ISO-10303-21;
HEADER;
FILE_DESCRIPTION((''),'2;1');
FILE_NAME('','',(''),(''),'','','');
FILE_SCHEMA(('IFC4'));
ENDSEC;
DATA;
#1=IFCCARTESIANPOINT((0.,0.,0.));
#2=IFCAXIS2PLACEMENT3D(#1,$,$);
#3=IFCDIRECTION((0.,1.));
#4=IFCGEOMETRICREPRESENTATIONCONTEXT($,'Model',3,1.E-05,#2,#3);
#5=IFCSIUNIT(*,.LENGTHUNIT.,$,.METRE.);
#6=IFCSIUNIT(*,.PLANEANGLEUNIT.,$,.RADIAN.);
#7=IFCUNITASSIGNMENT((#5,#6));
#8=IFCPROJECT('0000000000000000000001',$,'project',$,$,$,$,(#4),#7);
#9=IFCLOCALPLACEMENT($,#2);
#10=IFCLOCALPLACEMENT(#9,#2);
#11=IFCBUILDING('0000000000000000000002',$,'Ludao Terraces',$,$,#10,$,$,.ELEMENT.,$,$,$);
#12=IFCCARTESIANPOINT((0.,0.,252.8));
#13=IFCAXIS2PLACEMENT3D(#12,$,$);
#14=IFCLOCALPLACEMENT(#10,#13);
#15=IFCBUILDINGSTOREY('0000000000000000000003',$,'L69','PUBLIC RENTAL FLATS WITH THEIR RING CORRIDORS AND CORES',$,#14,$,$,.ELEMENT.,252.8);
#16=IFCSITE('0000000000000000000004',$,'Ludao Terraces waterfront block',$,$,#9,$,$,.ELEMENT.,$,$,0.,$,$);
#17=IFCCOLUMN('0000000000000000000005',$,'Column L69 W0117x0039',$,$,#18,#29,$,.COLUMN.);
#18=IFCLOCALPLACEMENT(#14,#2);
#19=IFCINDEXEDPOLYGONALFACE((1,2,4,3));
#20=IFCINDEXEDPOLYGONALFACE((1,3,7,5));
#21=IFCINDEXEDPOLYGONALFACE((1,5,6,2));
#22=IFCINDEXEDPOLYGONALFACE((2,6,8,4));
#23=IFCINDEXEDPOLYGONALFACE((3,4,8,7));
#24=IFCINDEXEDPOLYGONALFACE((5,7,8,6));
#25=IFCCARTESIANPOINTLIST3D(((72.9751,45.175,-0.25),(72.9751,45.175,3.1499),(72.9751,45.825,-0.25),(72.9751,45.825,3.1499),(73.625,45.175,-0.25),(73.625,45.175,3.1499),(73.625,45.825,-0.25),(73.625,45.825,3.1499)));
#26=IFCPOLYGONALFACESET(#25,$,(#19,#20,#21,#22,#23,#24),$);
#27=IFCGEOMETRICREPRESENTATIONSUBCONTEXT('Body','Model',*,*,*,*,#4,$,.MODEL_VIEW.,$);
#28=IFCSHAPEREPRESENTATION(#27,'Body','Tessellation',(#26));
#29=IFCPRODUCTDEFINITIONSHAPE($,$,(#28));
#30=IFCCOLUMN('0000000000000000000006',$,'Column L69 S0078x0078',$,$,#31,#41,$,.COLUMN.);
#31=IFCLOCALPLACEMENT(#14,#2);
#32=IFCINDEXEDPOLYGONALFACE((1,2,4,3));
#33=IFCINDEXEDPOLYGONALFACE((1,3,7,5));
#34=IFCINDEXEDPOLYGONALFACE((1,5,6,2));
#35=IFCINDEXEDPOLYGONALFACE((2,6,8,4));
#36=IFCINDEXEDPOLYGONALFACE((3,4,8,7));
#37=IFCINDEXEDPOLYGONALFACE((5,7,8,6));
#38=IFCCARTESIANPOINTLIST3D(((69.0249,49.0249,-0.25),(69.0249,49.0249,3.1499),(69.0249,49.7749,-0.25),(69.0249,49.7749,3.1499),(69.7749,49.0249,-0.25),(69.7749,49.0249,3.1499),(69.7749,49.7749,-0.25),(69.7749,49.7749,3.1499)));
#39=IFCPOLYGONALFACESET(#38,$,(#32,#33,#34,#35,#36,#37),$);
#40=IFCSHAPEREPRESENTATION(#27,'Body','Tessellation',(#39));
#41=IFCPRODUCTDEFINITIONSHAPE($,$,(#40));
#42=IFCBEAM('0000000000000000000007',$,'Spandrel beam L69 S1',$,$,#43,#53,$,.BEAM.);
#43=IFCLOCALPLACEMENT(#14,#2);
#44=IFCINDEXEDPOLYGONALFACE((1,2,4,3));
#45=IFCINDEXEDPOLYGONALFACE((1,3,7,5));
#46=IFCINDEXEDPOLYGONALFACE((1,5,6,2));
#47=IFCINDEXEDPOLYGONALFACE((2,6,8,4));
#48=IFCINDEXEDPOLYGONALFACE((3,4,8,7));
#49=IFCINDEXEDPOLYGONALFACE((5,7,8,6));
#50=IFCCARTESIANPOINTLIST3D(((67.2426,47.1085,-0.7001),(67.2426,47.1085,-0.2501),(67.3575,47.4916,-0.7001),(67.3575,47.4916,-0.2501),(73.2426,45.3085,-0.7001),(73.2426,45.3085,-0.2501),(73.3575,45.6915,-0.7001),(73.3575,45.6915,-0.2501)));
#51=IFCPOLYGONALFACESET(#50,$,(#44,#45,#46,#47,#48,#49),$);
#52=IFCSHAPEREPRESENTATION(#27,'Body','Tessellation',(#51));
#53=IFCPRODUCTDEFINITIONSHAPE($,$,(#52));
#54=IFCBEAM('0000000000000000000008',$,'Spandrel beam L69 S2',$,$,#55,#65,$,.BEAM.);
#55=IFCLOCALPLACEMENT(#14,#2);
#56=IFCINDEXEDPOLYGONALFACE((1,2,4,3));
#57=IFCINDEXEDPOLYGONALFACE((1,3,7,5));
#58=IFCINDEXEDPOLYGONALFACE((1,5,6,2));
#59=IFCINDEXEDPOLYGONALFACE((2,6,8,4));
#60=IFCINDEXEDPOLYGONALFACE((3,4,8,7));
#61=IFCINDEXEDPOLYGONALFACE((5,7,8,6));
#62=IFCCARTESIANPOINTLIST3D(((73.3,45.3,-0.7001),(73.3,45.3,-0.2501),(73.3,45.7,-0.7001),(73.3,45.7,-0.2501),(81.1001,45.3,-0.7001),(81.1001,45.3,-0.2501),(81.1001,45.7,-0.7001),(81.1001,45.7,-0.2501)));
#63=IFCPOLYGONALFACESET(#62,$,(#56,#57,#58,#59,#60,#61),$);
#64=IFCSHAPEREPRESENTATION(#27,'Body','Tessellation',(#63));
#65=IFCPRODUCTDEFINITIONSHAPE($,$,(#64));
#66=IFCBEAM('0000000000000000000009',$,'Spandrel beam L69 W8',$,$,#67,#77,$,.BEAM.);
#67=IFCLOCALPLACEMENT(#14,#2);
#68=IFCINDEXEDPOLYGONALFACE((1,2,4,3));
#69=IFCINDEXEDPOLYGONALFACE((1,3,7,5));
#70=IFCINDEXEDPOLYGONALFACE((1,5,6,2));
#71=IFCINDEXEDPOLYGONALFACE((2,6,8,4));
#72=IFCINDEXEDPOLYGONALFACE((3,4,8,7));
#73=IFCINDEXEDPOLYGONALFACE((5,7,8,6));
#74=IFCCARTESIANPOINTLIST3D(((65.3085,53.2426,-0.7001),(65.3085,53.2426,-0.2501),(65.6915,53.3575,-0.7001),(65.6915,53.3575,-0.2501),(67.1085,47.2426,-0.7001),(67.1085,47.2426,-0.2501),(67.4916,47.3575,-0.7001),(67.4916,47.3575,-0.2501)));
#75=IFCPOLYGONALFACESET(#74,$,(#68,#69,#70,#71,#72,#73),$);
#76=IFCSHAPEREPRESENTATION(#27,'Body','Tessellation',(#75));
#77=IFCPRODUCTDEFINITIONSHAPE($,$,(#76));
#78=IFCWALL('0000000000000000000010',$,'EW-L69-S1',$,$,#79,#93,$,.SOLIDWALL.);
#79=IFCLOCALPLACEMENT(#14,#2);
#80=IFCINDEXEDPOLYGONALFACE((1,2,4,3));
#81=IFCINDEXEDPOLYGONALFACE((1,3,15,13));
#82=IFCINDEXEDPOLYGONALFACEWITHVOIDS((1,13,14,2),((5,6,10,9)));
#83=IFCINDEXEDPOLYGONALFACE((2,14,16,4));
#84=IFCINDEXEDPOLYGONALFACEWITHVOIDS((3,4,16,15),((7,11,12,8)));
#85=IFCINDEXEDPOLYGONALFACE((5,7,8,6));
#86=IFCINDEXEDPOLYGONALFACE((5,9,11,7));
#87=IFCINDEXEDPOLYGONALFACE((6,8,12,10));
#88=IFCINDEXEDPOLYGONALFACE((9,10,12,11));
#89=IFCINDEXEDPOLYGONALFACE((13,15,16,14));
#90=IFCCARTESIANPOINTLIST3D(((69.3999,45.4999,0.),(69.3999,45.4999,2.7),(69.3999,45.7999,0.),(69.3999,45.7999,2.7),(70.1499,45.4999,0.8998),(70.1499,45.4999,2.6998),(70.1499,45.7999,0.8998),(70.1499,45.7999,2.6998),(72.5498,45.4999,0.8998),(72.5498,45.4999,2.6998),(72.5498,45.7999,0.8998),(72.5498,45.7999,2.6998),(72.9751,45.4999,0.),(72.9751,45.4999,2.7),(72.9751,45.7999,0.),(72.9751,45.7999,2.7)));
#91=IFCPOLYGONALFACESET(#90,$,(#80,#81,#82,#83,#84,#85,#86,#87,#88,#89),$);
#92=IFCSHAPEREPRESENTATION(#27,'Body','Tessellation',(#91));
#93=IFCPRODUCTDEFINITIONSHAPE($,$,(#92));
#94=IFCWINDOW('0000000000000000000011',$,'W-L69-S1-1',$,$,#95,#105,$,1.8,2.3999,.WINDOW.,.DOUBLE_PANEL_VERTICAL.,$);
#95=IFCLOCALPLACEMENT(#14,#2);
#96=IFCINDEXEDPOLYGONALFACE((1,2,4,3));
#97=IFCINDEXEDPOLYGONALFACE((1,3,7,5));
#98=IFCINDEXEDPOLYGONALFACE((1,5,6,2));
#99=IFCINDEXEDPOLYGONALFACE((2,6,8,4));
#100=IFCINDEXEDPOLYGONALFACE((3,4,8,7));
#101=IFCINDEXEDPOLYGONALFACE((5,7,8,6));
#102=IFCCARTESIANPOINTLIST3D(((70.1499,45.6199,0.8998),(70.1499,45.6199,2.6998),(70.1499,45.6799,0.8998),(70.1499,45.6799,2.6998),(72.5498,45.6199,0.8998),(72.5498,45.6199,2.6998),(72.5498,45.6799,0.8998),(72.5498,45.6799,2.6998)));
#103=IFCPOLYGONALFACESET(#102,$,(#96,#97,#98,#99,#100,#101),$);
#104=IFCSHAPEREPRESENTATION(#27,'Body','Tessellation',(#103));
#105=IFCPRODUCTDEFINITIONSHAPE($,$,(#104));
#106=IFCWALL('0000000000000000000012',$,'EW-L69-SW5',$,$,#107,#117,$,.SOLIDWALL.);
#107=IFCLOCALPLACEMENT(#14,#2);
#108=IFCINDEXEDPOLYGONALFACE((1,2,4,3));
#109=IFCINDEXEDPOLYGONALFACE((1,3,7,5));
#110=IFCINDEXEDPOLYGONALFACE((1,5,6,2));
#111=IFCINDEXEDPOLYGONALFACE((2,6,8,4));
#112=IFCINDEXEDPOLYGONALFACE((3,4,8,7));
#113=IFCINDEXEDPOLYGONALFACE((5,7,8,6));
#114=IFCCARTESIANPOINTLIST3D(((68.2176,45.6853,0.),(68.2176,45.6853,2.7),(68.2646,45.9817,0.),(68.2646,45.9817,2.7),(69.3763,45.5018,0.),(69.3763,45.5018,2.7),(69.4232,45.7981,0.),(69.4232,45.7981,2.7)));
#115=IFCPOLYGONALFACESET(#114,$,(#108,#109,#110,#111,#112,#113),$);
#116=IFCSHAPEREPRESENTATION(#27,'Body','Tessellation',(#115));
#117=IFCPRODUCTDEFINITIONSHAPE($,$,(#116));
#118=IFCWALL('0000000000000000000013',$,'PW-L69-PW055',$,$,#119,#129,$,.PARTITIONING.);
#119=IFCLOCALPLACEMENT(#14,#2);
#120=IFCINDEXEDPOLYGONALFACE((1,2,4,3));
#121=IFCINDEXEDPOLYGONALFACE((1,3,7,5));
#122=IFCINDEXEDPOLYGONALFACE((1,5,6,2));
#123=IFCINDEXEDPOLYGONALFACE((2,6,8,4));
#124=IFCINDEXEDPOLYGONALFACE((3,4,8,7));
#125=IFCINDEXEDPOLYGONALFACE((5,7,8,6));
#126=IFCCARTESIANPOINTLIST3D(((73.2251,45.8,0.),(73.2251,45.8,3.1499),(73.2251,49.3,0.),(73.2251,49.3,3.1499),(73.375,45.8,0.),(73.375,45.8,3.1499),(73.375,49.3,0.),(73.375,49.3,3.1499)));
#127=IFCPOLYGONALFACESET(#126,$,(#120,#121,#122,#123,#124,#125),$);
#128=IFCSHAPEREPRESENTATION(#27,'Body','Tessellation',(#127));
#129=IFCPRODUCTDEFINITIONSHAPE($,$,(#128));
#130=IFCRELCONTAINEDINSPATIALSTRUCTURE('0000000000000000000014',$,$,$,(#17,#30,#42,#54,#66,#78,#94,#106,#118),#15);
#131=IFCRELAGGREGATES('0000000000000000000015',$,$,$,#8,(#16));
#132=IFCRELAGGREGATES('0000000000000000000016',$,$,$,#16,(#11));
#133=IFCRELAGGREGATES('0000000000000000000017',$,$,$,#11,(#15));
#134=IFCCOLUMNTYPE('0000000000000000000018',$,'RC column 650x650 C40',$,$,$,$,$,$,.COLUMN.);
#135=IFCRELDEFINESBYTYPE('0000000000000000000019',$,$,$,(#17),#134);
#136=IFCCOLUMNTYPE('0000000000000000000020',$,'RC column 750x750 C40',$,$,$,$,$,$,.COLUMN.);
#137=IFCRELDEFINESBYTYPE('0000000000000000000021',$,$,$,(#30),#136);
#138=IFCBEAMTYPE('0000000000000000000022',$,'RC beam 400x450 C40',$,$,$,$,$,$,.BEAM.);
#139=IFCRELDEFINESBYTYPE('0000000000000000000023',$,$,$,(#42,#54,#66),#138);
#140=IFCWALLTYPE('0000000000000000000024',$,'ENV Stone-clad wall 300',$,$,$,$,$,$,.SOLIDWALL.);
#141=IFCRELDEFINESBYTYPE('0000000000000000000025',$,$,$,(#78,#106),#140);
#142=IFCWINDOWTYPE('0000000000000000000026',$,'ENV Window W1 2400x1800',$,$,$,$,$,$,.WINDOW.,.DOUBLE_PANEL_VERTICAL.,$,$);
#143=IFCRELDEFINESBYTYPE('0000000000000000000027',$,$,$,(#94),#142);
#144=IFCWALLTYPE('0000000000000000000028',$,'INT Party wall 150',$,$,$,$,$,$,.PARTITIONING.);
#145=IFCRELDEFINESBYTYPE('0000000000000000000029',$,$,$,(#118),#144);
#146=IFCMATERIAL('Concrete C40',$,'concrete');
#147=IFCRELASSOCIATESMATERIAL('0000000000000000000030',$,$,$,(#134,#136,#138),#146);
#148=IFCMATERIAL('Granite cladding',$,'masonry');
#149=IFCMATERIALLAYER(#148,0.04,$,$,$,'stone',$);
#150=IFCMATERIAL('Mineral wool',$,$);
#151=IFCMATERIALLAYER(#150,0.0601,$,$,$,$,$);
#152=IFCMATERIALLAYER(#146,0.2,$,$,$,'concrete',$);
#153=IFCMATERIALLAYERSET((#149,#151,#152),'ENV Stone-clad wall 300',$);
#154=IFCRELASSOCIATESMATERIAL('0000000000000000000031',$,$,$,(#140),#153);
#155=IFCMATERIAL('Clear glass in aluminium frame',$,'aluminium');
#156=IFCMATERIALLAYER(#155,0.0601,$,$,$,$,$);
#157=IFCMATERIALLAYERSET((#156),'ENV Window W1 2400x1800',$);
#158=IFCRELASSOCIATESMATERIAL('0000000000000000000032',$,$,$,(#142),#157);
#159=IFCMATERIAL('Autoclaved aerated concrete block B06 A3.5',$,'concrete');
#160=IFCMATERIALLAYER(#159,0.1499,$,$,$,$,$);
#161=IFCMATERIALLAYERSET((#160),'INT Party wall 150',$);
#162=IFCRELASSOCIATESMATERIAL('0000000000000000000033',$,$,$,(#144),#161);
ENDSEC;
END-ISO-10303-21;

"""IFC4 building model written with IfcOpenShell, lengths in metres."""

from ifc_helpers import new_model, si_unit, direction, frame, frame_2d, origin, origin_2d, place, context, subcontext, project, spatial, rectangle, extrude, material, layer, layer_set, material_profile, profile_set, type_object, element, fill, save


model = new_model("IFC4")

# Units and contexts
model_context = context("Model", 3, precision=1e-05, world=origin(), true_north=direction((0.0, 1.0)))
body_context = subcontext(model_context, "Body", "Model", "MODEL_VIEW")
ifc_project = project(units=[si_unit("LENGTHUNIT", "METRE"), si_unit("PLANEANGLEUNIT", "RADIAN")], contexts=[model_context])

# Site, building, storey
site_placement = place(None, origin())
site = spatial("IfcSite", under=ifc_project, at=site_placement, Name="Ludao Terraces waterfront block", CompositionType="ELEMENT", RefElevation=0.0)
building_placement = place(site_placement, origin())
building = spatial("IfcBuilding", under=site, at=building_placement, Name="Ludao Terraces", CompositionType="ELEMENT")
storey_placement = place(building_placement, frame((0.0, 0.0, 252.8)))
storey = spatial("IfcBuildingStorey", under=building, at=storey_placement, Name="L69", Description="PUBLIC RENTAL FLATS WITH THEIR RING CORRIDORS AND CORES", CompositionType="ELEMENT", Elevation=252.8)

# Columns
ifc_material_1 = material(Name="Concrete C40", Category="concrete")
ifc_material_profile_1 = material_profile(ifc_material_1, rectangle(XDim=0.6499, YDim=0.6499, at=origin_2d()), Name="650 X 650")
ifc_profile_set_1 = profile_set([ifc_material_profile_1], Name="Concrete C40")
column_type_1 = type_object("IfcColumnType", Name="RC column 650x650 C40", PredefinedType="COLUMN", material=ifc_profile_set_1)
column_1_placement = place(storey_placement, frame((73.3, 45.5, -0.25), z_axis=(0.0, 0.0, 1.0), x_axis=(1.0, 0.0, 0.0)))
element("IfcColumn", 1, at=column_1_placement, inside=storey, type_object=column_type_1, Name="Column L69 W0117x0039", PredefinedType="COLUMN", context=body_context, shape_type="SweptSolid", body=[
    extrude(rectangle(XDim=0.6499, YDim=0.6499, at=origin_2d()), origin(), (0.0, 0.0, 1.0), 3.3999),
])
ifc_material_profile_2 = material_profile(ifc_material_1, rectangle(XDim=0.75, YDim=0.75, at=origin_2d()), Name="750 X 750")
ifc_profile_set_2 = profile_set([ifc_material_profile_2], Name="Concrete C40")
column_type_2 = type_object("IfcColumnType", Name="RC column 750x750 C40", PredefinedType="COLUMN", material=ifc_profile_set_2)
column_2_placement = place(storey_placement, frame((69.3999, 49.3999, -0.25), z_axis=(0.0, 0.0, 1.0), x_axis=(1.0, 0.0, 0.0)))
element("IfcColumn", 2, at=column_2_placement, inside=storey, type_object=column_type_2, Name="Column L69 S0078x0078", PredefinedType="COLUMN", context=body_context, shape_type="SweptSolid", body=[
    extrude(rectangle(XDim=0.75, YDim=0.75, at=origin_2d()), origin(), (0.0, 0.0, 1.0), 3.3999),
])

# Beams
ifc_material_profile_3 = material_profile(ifc_material_1, rectangle(XDim=0.3999, YDim=0.45, at=origin_2d()), Name="400 X 450")
ifc_profile_set_3 = profile_set([ifc_material_profile_3], Name="Concrete C40")
beam_type = type_object("IfcBeamType", Name="RC beam 400x450 C40", PredefinedType="BEAM", material=ifc_profile_set_3)
beam_1_placement = place(storey_placement, frame((67.3, 47.3, -0.4751), z_axis=(0.957824, -0.287355, 0.0), x_axis=(0.287355, 0.957824, 0.0)))
element("IfcBeam", 3, at=beam_1_placement, inside=storey, type_object=beam_type, Name="Spandrel beam L69 S1", PredefinedType="BEAM", context=body_context, shape_type="SweptSolid", body=[
    extrude(rectangle(XDim=0.3999, YDim=0.45, at=origin_2d()), origin(), (0.0, 0.0, 1.0), 6.2642),
])
beam_2_placement = place(storey_placement, frame((73.3, 45.5, -0.4751), z_axis=(1.0, 0.0, 0.0), x_axis=(0.0, 1.0, 0.0)))
element("IfcBeam", 4, at=beam_2_placement, inside=storey, type_object=beam_type, Name="Spandrel beam L69 S2", PredefinedType="BEAM", context=body_context, shape_type="SweptSolid", body=[
    extrude(rectangle(XDim=0.3999, YDim=0.45, at=origin_2d()), origin(), (0.0, 0.0, 1.0), 7.8),
])
beam_3_placement = place(storey_placement, frame((67.3, 47.3, -0.4751), z_axis=(-0.287355, 0.957824, 0.0), x_axis=(-0.957824, -0.287355, 0.0)))
element("IfcBeam", 5, at=beam_3_placement, inside=storey, type_object=beam_type, Name="Spandrel beam L69 W8", PredefinedType="BEAM", context=body_context, shape_type="SweptSolid", body=[
    extrude(rectangle(XDim=0.3999, YDim=0.45, at=origin_2d()), origin(), (0.0, 0.0, 1.0), 6.2642),
])

# Wall, opening, window
ifc_material_2 = material(Name="Granite cladding", Category="masonry")
ifc_layer_1 = layer(ifc_material_2, 0.04, Category="stone")
ifc_material_3 = material(Name="Mineral wool")
ifc_layer_2 = layer(ifc_material_3, 0.0601)
ifc_layer_3 = layer(ifc_material_1, 0.2, Category="concrete")
ifc_layer_set_1 = layer_set([ifc_layer_1, ifc_layer_2, ifc_layer_3], Name="ENV Stone-clad wall 300")
wall_type_1 = type_object("IfcWallType", Name="ENV Stone-clad wall 300", PredefinedType="SOLIDWALL", material=ifc_layer_set_1)
wall_1_placement = place(storey_placement, frame((69.3999, 45.6499, 0.0), z_axis=(0.0, 0.0, 1.0), x_axis=(1.0, 0.0, 0.0)))
wall_1 = element("IfcWall", 6, at=wall_1_placement, inside=storey, type_object=wall_type_1, Name="EW-L69-S1", PredefinedType="SOLIDWALL", context=body_context, shape_type="SweptSolid", body=[
    extrude(rectangle(XDim=3.5752, YDim=0.3, at=frame_2d((1.7876, 0.0))), origin(), (0.0, 0.0, 1.0), 2.7),
])
opening_1_placement = place(wall_1_placement, frame((0.75, 0.0, 0.8999)))
opening_1 = element("IfcOpeningElement", 7, at=opening_1_placement, cuts=wall_1, PredefinedType="OPENING", context=body_context, shape_type="SweptSolid", body=[
    extrude(rectangle(XDim=2.3999, YDim=1.8, at=frame_2d((1.2, 0.8999))), frame((0.0, 0.1602, 0.0), z_axis=(0.0, -1.0, 0.0), x_axis=(1.0, 0.0, 0.0)), (0.0, 0.0, 1.0), 0.3201),
])
ifc_material_4 = material(Name="Clear glass in aluminium frame", Category="aluminium")
ifc_layer_4 = layer(ifc_material_4, 0.0601)
ifc_layer_set_2 = layer_set([ifc_layer_4], Name="ENV Window W1 2400x1800")
window_type = type_object("IfcWindowType", Name="ENV Window W1 2400x1800", PartitioningType="DOUBLE_PANEL_VERTICAL", PredefinedType="WINDOW", material=ifc_layer_set_2)
window_placement = place(opening_1_placement, origin())
window = element("IfcWindow", 8, at=window_placement, inside=storey, type_object=window_type, Name="W-L69-S1-1", OverallHeight=1.8, OverallWidth=2.3999, PartitioningType="DOUBLE_PANEL_VERTICAL", PredefinedType="WINDOW", context=body_context, shape_type="SweptSolid", body=[
    extrude(rectangle(XDim=2.3999, YDim=1.8, at=frame_2d((1.2, 0.8999))), frame((0.0, 0.03, 0.0), z_axis=(0.0, -1.0, 0.0), x_axis=(1.0, 0.0, 0.0)), (0.0, 0.0, 1.0), 0.0601),
])
fill(opening_1, window)

# Wall
wall_2_placement = place(storey_placement, frame((68.2412, 45.8335, 0.0), z_axis=(0.0, 0.0, 1.0), x_axis=(0.987678, -0.156497, 0.0)))
element("IfcWall", 9, at=wall_2_placement, inside=storey, type_object=wall_type_1, Name="EW-L69-SW5", PredefinedType="SOLIDWALL", context=body_context, shape_type="SweptSolid", body=[
    extrude(rectangle(XDim=1.1731, YDim=0.3, at=frame_2d((0.5864, 0.0))), origin(), (0.0, 0.0, 1.0), 2.7),
])

# Wall
ifc_material_5 = material(Name="Autoclaved aerated concrete block B06 A3.5", Category="concrete")
ifc_layer_5 = layer(ifc_material_5, 0.1499)
ifc_layer_set_3 = layer_set([ifc_layer_5], Name="INT Party wall 150")
wall_type_2 = type_object("IfcWallType", Name="INT Party wall 150", PredefinedType="PARTITIONING", material=ifc_layer_set_3)
wall_3_placement = place(storey_placement, frame((73.3, 45.8, 0.0), z_axis=(0.0, 0.0, 1.0), x_axis=(0.0, 1.0, 0.0)))
element("IfcWall", 10, at=wall_3_placement, inside=storey, type_object=wall_type_2, Name="PW-L69-PW055", PredefinedType="PARTITIONING", context=body_context, shape_type="SweptSolid", body=[
    extrude(rectangle(XDim=3.5, YDim=0.1499, at=frame_2d((1.75, 0.0))), origin(), (0.0, 0.0, 1.0), 3.1499),
])

save(model, "model.ifc")
